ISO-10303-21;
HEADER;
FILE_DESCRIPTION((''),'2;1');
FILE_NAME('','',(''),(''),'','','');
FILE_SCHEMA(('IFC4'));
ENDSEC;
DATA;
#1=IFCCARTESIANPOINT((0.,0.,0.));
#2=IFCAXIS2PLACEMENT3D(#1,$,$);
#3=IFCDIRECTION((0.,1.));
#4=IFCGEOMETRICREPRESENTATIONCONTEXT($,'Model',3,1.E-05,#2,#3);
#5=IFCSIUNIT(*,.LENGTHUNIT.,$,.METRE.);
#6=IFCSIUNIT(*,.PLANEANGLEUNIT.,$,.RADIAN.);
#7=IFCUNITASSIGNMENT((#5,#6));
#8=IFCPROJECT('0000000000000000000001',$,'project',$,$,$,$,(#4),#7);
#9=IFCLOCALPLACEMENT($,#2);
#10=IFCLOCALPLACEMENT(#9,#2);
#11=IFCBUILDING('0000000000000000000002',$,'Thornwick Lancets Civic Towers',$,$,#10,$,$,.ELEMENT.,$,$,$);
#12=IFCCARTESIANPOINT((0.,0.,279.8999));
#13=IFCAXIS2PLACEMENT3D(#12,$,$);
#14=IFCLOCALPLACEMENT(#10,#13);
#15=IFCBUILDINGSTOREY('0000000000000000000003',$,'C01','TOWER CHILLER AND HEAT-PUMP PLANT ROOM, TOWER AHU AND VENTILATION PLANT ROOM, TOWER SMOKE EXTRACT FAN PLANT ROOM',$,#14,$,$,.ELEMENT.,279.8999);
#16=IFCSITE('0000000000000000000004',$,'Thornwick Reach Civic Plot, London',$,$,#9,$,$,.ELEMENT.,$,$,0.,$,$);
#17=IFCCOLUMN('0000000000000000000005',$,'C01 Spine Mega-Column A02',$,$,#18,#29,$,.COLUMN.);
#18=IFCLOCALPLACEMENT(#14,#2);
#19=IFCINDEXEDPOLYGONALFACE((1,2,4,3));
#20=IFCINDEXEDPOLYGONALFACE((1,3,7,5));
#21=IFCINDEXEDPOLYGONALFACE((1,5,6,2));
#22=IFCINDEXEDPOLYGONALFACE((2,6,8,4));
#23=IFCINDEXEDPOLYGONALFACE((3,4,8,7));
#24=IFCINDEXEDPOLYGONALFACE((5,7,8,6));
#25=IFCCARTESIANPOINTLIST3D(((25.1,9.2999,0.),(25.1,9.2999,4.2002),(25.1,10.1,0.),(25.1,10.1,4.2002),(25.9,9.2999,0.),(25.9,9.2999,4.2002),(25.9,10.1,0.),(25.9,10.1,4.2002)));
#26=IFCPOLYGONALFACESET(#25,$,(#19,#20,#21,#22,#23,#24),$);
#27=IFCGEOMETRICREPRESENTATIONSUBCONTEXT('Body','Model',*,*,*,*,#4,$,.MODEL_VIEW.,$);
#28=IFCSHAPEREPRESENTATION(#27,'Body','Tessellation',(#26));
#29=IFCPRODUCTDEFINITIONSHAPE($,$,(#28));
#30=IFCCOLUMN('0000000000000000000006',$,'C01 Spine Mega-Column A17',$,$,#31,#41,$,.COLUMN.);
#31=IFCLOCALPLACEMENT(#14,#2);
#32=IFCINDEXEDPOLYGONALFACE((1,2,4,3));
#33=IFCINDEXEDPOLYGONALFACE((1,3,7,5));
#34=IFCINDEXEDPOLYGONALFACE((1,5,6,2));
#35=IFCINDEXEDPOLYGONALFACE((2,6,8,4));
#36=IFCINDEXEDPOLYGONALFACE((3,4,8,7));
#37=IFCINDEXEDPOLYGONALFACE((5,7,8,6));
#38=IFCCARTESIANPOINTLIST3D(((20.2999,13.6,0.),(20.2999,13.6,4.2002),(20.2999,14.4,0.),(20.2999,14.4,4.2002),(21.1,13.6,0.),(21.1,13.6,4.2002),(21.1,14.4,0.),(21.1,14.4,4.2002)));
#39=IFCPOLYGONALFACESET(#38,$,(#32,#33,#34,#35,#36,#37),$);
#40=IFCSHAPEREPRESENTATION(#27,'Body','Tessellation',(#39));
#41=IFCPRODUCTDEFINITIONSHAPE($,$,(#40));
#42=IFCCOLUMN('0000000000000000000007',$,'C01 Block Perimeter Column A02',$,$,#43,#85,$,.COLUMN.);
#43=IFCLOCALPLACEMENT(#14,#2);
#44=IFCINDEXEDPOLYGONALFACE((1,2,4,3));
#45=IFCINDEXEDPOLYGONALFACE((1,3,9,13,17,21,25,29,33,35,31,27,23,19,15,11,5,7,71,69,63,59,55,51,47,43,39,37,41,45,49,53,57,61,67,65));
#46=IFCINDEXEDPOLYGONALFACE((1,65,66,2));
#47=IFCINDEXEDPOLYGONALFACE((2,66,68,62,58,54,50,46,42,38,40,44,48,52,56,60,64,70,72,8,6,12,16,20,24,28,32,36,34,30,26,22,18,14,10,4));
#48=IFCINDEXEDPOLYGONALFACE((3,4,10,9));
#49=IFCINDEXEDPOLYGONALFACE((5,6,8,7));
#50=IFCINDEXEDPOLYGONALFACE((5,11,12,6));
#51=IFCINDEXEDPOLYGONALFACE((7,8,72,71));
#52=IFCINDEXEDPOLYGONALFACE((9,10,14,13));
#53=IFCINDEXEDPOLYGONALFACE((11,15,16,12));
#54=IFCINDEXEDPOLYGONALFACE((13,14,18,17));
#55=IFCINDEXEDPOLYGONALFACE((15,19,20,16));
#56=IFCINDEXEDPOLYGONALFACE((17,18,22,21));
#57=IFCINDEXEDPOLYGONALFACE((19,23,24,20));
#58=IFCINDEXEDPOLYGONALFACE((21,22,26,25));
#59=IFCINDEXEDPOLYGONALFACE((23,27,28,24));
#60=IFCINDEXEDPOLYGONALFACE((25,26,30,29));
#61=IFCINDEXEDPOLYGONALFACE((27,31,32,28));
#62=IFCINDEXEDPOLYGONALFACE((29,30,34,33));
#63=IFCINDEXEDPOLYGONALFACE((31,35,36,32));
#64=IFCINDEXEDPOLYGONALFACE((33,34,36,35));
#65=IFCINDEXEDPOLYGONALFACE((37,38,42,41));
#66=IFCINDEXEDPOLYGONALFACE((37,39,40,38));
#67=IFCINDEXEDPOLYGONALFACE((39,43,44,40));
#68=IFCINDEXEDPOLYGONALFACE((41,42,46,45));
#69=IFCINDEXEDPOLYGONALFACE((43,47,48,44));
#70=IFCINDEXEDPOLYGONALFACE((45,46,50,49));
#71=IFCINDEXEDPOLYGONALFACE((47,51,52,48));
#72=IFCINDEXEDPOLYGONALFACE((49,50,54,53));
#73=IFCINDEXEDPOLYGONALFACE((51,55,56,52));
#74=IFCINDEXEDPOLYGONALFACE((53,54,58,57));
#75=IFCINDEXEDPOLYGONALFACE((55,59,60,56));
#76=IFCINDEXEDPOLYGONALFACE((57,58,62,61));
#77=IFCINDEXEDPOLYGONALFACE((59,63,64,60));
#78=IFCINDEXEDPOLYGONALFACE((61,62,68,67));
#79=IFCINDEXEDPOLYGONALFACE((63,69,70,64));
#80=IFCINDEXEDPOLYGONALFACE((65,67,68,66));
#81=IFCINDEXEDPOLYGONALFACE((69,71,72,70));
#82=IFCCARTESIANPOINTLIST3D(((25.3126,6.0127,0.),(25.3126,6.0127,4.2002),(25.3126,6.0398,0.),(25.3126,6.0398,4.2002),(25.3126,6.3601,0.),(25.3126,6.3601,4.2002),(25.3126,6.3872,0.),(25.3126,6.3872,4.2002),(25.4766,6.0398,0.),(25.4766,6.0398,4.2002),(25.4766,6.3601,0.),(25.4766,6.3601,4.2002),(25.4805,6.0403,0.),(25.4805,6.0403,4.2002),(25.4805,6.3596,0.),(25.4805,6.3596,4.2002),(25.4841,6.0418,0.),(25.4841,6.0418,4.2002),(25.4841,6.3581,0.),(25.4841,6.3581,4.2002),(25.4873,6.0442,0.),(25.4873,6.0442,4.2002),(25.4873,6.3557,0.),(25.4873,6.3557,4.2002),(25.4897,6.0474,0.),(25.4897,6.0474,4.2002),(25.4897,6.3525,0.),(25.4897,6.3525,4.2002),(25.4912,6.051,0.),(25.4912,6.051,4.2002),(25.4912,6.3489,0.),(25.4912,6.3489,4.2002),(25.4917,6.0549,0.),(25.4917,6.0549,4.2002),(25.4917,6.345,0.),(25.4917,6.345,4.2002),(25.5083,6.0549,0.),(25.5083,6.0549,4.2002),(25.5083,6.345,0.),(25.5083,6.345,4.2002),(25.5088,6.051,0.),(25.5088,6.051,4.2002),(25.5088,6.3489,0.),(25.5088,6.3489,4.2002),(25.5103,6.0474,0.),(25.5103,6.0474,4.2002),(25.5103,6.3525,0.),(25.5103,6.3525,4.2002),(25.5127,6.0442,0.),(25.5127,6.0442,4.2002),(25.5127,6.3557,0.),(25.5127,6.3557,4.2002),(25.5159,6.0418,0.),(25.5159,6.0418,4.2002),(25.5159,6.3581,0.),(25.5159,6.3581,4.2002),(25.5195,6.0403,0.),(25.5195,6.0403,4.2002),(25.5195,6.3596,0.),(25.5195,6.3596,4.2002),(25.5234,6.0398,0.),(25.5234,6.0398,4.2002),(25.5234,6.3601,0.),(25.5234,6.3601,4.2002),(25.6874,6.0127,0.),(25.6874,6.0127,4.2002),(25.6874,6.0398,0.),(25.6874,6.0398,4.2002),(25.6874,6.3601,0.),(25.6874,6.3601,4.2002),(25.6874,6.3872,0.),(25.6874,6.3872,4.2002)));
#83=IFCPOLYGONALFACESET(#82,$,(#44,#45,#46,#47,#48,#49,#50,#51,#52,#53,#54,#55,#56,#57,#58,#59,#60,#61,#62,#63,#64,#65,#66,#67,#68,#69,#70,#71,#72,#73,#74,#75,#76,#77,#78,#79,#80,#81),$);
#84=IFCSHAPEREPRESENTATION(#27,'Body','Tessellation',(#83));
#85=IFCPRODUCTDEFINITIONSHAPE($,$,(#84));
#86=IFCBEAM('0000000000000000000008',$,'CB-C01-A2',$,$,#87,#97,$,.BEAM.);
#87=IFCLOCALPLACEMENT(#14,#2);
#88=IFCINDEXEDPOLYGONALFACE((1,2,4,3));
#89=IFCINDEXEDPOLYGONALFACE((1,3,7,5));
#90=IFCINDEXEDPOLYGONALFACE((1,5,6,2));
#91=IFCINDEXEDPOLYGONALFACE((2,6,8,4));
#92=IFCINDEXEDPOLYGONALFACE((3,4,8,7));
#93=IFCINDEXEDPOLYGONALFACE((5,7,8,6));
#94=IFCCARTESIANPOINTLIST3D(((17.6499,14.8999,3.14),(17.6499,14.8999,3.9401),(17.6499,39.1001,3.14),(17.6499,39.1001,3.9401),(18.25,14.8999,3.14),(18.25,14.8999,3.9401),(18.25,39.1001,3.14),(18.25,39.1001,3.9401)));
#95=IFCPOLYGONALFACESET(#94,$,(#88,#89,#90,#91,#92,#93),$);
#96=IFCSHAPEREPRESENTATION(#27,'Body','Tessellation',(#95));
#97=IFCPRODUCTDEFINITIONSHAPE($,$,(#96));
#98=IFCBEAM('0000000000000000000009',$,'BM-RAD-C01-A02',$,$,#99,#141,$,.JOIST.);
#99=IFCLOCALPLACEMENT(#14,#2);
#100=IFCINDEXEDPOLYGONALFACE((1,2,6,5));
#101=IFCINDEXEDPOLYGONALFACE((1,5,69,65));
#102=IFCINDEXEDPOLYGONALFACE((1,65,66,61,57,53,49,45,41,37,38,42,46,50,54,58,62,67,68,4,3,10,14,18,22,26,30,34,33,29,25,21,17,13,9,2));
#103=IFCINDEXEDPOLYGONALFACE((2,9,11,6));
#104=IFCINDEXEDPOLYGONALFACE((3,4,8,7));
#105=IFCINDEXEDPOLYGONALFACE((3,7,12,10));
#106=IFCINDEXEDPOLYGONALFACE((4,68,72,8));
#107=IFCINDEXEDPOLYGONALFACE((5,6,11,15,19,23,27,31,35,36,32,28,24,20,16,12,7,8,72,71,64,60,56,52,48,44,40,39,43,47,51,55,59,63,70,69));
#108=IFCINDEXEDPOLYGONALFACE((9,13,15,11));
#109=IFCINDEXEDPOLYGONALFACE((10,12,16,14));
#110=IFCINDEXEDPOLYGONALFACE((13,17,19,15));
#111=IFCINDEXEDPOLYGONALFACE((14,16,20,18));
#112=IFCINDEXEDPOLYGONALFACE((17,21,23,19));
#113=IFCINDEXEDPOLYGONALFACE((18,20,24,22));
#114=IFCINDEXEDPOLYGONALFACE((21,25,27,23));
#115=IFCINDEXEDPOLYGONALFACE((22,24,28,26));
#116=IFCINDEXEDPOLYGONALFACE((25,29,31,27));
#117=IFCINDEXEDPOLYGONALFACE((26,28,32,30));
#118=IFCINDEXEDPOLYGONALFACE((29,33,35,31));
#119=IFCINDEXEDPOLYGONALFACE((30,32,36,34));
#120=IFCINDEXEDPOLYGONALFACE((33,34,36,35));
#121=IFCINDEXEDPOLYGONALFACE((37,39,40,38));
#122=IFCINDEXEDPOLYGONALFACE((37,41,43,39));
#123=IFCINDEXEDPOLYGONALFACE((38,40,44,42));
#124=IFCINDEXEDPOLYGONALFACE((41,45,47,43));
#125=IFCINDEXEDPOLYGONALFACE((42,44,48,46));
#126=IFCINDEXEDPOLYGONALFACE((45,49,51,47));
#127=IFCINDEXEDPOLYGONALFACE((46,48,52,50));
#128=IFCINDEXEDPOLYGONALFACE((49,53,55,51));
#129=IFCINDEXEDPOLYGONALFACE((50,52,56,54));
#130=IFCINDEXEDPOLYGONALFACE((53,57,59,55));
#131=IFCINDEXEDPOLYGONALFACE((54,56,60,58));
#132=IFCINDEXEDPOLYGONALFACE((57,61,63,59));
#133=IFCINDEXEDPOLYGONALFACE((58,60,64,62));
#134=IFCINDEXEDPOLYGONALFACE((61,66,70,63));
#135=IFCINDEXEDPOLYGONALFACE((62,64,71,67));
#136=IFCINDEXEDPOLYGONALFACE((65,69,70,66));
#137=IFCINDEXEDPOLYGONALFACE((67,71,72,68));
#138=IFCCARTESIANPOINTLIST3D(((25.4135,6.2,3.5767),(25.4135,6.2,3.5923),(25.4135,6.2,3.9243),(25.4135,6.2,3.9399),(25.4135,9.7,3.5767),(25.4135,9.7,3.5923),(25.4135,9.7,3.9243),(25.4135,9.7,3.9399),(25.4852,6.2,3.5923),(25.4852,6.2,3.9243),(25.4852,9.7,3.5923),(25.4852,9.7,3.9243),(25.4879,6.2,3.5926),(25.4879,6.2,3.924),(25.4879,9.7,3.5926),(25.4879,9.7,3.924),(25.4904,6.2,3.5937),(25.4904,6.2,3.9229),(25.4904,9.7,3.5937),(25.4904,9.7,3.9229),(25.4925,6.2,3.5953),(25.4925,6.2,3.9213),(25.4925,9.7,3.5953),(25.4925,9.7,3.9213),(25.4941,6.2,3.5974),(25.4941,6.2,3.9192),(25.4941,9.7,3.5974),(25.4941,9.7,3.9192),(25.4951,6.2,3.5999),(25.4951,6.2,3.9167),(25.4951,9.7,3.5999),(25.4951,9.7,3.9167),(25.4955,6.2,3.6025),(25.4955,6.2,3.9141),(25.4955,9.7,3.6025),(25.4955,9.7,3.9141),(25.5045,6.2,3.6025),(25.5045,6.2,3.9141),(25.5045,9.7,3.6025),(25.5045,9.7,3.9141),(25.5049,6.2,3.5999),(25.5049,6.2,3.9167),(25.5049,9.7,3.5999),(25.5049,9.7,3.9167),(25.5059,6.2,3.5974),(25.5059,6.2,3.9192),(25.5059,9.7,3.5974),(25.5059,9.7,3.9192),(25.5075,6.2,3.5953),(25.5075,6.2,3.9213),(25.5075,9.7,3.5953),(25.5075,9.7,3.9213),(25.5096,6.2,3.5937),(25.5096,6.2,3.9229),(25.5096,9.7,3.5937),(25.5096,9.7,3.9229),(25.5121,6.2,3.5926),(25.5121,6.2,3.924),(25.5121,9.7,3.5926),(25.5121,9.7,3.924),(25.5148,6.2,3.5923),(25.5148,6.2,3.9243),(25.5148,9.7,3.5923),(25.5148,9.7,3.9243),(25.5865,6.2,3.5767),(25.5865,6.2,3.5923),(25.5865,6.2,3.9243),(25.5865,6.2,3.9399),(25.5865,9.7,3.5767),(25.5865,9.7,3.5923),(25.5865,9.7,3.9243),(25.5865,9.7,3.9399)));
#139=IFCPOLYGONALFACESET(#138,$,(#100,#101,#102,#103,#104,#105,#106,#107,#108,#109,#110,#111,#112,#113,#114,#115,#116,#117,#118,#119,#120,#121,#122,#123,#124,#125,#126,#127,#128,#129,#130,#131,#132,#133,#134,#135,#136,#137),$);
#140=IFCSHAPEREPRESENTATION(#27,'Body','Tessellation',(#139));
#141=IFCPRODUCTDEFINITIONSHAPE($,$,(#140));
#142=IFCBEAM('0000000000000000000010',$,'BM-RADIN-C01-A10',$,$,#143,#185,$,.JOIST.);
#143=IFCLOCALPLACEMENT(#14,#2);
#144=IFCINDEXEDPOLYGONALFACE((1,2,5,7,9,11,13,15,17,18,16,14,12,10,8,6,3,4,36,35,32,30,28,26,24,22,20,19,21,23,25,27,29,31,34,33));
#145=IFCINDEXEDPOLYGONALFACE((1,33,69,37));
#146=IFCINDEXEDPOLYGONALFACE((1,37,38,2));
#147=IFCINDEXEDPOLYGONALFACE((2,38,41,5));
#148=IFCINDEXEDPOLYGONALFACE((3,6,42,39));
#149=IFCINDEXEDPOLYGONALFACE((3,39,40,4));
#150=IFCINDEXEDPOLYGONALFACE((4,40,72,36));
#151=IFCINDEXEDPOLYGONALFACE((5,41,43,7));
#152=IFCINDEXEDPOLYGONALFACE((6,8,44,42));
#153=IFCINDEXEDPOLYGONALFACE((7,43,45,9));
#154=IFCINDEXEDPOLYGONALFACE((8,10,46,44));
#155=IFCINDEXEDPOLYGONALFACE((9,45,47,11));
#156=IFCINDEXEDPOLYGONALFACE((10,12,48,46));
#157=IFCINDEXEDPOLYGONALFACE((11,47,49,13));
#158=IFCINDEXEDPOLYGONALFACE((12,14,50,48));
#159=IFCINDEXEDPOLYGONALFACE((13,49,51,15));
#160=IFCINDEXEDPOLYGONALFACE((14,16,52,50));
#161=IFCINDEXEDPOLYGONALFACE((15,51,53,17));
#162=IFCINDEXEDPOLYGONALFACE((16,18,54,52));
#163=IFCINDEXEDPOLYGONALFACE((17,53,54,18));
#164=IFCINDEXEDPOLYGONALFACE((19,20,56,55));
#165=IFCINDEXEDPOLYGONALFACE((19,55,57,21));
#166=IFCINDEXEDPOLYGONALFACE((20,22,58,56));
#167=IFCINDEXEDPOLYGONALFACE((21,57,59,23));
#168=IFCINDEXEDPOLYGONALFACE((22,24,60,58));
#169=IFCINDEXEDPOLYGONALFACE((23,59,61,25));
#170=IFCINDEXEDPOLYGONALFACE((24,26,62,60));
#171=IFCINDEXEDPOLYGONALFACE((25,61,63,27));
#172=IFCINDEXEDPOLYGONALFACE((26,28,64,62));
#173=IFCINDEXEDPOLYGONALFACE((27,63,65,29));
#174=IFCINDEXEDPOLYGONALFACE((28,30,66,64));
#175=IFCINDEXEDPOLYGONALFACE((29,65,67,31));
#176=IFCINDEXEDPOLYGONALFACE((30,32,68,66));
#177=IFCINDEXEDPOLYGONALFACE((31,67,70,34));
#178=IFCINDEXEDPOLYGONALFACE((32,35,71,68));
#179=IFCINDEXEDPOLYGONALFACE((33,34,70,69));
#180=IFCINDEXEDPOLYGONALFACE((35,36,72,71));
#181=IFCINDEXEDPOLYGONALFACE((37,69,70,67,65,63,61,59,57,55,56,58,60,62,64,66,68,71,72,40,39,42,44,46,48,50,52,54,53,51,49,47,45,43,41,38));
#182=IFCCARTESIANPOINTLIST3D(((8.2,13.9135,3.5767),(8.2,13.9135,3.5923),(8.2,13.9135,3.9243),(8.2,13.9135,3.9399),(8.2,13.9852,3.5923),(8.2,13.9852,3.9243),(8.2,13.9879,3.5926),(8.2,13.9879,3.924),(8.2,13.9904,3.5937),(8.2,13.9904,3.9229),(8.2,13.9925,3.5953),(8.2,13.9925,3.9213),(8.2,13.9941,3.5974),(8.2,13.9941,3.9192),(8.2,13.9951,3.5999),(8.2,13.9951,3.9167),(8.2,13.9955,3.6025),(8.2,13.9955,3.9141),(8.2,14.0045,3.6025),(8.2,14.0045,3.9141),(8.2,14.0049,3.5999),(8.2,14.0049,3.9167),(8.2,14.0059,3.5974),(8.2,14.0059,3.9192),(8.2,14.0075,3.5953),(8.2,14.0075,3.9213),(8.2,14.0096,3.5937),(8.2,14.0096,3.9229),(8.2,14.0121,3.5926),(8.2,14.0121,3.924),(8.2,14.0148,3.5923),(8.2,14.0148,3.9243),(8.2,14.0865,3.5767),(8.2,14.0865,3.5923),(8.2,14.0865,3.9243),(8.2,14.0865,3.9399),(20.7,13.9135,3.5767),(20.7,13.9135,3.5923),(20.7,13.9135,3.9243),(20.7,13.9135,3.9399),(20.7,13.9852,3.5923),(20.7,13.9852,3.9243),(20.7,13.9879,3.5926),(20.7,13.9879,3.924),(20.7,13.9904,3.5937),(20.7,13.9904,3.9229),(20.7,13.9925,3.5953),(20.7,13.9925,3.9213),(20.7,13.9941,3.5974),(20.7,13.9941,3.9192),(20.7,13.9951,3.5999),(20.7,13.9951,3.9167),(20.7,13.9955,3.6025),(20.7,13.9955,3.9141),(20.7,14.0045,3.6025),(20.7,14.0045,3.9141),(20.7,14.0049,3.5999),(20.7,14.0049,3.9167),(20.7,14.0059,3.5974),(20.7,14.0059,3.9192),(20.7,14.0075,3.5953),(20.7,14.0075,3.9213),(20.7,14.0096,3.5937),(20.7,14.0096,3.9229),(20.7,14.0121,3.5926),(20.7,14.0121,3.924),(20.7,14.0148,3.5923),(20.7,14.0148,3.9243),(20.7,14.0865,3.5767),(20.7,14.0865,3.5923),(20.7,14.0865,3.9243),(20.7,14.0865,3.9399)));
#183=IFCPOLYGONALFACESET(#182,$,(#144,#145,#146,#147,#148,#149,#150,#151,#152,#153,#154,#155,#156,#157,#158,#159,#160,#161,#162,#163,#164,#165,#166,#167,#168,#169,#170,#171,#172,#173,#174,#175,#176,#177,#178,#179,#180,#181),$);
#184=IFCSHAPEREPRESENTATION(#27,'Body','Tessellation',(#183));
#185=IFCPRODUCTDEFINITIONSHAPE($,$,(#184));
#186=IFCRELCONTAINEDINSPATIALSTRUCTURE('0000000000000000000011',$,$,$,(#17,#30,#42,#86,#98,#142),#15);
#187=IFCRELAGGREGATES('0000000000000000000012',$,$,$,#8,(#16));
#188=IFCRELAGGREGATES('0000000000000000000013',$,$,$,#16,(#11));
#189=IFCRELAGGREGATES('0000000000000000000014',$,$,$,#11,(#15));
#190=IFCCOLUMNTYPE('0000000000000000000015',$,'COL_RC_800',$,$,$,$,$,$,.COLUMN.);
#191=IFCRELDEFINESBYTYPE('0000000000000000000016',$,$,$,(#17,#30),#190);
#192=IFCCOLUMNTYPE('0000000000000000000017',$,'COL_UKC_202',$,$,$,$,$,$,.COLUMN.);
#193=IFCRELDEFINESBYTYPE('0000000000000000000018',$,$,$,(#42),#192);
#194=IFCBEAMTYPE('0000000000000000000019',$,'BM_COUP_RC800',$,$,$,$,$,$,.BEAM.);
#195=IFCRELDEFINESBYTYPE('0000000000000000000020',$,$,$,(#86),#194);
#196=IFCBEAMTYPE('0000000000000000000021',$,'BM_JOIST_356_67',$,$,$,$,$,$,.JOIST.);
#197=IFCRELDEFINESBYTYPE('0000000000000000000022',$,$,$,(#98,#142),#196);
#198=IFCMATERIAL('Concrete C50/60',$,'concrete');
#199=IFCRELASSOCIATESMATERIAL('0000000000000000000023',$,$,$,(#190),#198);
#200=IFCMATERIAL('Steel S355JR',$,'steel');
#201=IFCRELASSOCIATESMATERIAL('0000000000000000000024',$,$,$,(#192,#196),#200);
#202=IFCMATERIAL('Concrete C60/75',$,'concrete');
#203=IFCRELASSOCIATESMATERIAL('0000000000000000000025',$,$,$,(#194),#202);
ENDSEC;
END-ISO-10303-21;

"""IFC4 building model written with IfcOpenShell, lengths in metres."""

from ifc_helpers import new_model, si_unit, direction, frame, origin, origin_2d, place, context, subcontext, project, spatial, rectangle, i_section, extrude, material, material_profile, profile_set, type_object, element, save


model = new_model("IFC4")

# Units and contexts
model_context = context("Model", 3, precision=1e-05, world=origin(), true_north=direction((0.0, 1.0)))
body_context = subcontext(model_context, "Body", "Model", "MODEL_VIEW")
ifc_project = project(units=[si_unit("LENGTHUNIT", "METRE"), si_unit("PLANEANGLEUNIT", "RADIAN")], contexts=[model_context])

# Site, building, storey
site_placement = place(None, origin())
site = spatial("IfcSite", under=ifc_project, at=site_placement, Name="Thornwick Reach Civic Plot, London", CompositionType="ELEMENT", RefElevation=0.0)
building_placement = place(site_placement, origin())
building = spatial("IfcBuilding", under=site, at=building_placement, Name="Thornwick Lancets Civic Towers", CompositionType="ELEMENT")
storey_placement = place(building_placement, frame((0.0, 0.0, 279.8999)))
storey = spatial("IfcBuildingStorey", under=building, at=storey_placement, Name="C01", Description="TOWER CHILLER AND HEAT-PUMP PLANT ROOM, TOWER AHU AND VENTILATION PLANT ROOM, TOWER SMOKE EXTRACT FAN PLANT ROOM", CompositionType="ELEMENT", Elevation=279.8999)

# Columns
ifc_material_1 = material(Name="Concrete C50/60", Category="concrete")
ifc_material_profile_1 = material_profile(ifc_material_1, rectangle(XDim=0.8, YDim=0.8, at=origin_2d()), Name="RC 800x800")
ifc_profile_set_1 = profile_set([ifc_material_profile_1], Name="Concrete C50/60")
column_type_1 = type_object("IfcColumnType", Name="COL_RC_800", PredefinedType="COLUMN", material=ifc_profile_set_1)
for number, where, z_axis, x_axis, name in (
    (1, (25.5, 9.7, 0.0), (0.0, 0.0, 1.0), (1.0, 0.0, 0.0), "C01 Spine Mega-Column A02"),
    (2, (20.7, 14.0, 0.0), (0.0, 0.0, 1.0), (1.0, 0.0, 0.0), "C01 Spine Mega-Column A17"),
):
    element("IfcColumn", number, at=place(storey_placement, frame(where, z_axis=z_axis, x_axis=x_axis)), inside=storey, type_object=column_type_1, Name=name, PredefinedType="COLUMN", context=body_context, shape_type="SweptSolid", body=[
        extrude(rectangle(XDim=0.8, YDim=0.8, at=origin_2d()), origin(), (0.0, 0.0, 1.0), 4.2002),
    ])
ifc_material_2 = material(Name="Steel S355JR", Category="steel")
ifc_material_profile_2 = material_profile(ifc_material_2, i_section(OverallWidth=0.3748, OverallDepth=0.3745, WebThickness=0.0166, FlangeThickness=0.0271, FilletRadius=0.0151, at=origin_2d()), Name="UKC 356x368x202")
ifc_profile_set_2 = profile_set([ifc_material_profile_2], Name="Steel S355JR")
column_type_2 = type_object("IfcColumnType", Name="COL_UKC_202", PredefinedType="COLUMN", material=ifc_profile_set_2)
column_placement = place(storey_placement, frame((25.5, 6.2, 0.0), z_axis=(0.0, 0.0, 1.0), x_axis=(1.0, 0.0, 0.0)))
element("IfcColumn", 3, at=column_placement, inside=storey, type_object=column_type_2, Name="C01 Block Perimeter Column A02", PredefinedType="COLUMN", context=body_context, shape_type="SweptSolid", body=[
    extrude(i_section(OverallWidth=0.3748, OverallDepth=0.3745, WebThickness=0.0166, FlangeThickness=0.0271, FilletRadius=0.0151, at=origin_2d()), origin(), (0.0, 0.0, 1.0), 4.2002),
])

# Beams
ifc_material_3 = material(Name="Concrete C60/75", Category="concrete")
ifc_material_profile_3 = material_profile(ifc_material_3, rectangle(XDim=0.6001, YDim=0.8, at=origin_2d()), Name="RC 600x800")
ifc_profile_set_3 = profile_set([ifc_material_profile_3], Name="Concrete C60/75")
beam_type_1 = type_object("IfcBeamType", Name="BM_COUP_RC800", PredefinedType="BEAM", material=ifc_profile_set_3)
beam_1_placement = place(storey_placement, frame((17.95, 14.8999, 3.54), z_axis=(0.0, 1.0, 0.0), x_axis=(-1.0, 0.0, 0.0)))
element("IfcBeam", 4, at=beam_1_placement, inside=storey, type_object=beam_type_1, Name="CB-C01-A2", PredefinedType="BEAM", context=body_context, shape_type="SweptSolid", body=[
    extrude(rectangle(XDim=0.6001, YDim=0.8, at=origin_2d()), origin(), (0.0, 0.0, 1.0), 24.2002),
])
ifc_material_profile_4 = material_profile(ifc_material_2, i_section(OverallWidth=0.1731, OverallDepth=0.3633, WebThickness=0.009, FlangeThickness=0.0156, FilletRadius=0.0103, at=origin_2d()), Name="UKB 356x171x67")
ifc_profile_set_4 = profile_set([ifc_material_profile_4], Name="Steel S355JR")
beam_type_2 = type_object("IfcBeamType", Name="BM_JOIST_356_67", PredefinedType="JOIST", material=ifc_profile_set_4)
beam_2_placement = place(storey_placement, frame((25.5, 9.7, 3.7583), z_axis=(0.0, -1.0, 0.0), x_axis=(1.0, 0.0, 0.0)))
element("IfcBeam", 5, at=beam_2_placement, inside=storey, type_object=beam_type_2, Name="BM-RAD-C01-A02", PredefinedType="JOIST", context=body_context, shape_type="SweptSolid", body=[
    extrude(i_section(OverallWidth=0.1731, OverallDepth=0.3633, WebThickness=0.009, FlangeThickness=0.0156, FilletRadius=0.0103, at=origin_2d()), origin(), (0.0, 0.0, 1.0), 3.5),
])
beam_3_placement = place(storey_placement, frame((20.7, 14.0, 3.7583), z_axis=(-1.0, 0.0, 0.0), x_axis=(0.0, -1.0, 0.0)))
element("IfcBeam", 6, at=beam_3_placement, inside=storey, type_object=beam_type_2, Name="BM-RADIN-C01-A10", PredefinedType="JOIST", context=body_context, shape_type="SweptSolid", body=[
    extrude(i_section(OverallWidth=0.1731, OverallDepth=0.3633, WebThickness=0.009, FlangeThickness=0.0156, FilletRadius=0.0103, at=origin_2d()), origin(), (0.0, 0.0, 1.0), 12.5),
])

save(model, "model.ifc")
